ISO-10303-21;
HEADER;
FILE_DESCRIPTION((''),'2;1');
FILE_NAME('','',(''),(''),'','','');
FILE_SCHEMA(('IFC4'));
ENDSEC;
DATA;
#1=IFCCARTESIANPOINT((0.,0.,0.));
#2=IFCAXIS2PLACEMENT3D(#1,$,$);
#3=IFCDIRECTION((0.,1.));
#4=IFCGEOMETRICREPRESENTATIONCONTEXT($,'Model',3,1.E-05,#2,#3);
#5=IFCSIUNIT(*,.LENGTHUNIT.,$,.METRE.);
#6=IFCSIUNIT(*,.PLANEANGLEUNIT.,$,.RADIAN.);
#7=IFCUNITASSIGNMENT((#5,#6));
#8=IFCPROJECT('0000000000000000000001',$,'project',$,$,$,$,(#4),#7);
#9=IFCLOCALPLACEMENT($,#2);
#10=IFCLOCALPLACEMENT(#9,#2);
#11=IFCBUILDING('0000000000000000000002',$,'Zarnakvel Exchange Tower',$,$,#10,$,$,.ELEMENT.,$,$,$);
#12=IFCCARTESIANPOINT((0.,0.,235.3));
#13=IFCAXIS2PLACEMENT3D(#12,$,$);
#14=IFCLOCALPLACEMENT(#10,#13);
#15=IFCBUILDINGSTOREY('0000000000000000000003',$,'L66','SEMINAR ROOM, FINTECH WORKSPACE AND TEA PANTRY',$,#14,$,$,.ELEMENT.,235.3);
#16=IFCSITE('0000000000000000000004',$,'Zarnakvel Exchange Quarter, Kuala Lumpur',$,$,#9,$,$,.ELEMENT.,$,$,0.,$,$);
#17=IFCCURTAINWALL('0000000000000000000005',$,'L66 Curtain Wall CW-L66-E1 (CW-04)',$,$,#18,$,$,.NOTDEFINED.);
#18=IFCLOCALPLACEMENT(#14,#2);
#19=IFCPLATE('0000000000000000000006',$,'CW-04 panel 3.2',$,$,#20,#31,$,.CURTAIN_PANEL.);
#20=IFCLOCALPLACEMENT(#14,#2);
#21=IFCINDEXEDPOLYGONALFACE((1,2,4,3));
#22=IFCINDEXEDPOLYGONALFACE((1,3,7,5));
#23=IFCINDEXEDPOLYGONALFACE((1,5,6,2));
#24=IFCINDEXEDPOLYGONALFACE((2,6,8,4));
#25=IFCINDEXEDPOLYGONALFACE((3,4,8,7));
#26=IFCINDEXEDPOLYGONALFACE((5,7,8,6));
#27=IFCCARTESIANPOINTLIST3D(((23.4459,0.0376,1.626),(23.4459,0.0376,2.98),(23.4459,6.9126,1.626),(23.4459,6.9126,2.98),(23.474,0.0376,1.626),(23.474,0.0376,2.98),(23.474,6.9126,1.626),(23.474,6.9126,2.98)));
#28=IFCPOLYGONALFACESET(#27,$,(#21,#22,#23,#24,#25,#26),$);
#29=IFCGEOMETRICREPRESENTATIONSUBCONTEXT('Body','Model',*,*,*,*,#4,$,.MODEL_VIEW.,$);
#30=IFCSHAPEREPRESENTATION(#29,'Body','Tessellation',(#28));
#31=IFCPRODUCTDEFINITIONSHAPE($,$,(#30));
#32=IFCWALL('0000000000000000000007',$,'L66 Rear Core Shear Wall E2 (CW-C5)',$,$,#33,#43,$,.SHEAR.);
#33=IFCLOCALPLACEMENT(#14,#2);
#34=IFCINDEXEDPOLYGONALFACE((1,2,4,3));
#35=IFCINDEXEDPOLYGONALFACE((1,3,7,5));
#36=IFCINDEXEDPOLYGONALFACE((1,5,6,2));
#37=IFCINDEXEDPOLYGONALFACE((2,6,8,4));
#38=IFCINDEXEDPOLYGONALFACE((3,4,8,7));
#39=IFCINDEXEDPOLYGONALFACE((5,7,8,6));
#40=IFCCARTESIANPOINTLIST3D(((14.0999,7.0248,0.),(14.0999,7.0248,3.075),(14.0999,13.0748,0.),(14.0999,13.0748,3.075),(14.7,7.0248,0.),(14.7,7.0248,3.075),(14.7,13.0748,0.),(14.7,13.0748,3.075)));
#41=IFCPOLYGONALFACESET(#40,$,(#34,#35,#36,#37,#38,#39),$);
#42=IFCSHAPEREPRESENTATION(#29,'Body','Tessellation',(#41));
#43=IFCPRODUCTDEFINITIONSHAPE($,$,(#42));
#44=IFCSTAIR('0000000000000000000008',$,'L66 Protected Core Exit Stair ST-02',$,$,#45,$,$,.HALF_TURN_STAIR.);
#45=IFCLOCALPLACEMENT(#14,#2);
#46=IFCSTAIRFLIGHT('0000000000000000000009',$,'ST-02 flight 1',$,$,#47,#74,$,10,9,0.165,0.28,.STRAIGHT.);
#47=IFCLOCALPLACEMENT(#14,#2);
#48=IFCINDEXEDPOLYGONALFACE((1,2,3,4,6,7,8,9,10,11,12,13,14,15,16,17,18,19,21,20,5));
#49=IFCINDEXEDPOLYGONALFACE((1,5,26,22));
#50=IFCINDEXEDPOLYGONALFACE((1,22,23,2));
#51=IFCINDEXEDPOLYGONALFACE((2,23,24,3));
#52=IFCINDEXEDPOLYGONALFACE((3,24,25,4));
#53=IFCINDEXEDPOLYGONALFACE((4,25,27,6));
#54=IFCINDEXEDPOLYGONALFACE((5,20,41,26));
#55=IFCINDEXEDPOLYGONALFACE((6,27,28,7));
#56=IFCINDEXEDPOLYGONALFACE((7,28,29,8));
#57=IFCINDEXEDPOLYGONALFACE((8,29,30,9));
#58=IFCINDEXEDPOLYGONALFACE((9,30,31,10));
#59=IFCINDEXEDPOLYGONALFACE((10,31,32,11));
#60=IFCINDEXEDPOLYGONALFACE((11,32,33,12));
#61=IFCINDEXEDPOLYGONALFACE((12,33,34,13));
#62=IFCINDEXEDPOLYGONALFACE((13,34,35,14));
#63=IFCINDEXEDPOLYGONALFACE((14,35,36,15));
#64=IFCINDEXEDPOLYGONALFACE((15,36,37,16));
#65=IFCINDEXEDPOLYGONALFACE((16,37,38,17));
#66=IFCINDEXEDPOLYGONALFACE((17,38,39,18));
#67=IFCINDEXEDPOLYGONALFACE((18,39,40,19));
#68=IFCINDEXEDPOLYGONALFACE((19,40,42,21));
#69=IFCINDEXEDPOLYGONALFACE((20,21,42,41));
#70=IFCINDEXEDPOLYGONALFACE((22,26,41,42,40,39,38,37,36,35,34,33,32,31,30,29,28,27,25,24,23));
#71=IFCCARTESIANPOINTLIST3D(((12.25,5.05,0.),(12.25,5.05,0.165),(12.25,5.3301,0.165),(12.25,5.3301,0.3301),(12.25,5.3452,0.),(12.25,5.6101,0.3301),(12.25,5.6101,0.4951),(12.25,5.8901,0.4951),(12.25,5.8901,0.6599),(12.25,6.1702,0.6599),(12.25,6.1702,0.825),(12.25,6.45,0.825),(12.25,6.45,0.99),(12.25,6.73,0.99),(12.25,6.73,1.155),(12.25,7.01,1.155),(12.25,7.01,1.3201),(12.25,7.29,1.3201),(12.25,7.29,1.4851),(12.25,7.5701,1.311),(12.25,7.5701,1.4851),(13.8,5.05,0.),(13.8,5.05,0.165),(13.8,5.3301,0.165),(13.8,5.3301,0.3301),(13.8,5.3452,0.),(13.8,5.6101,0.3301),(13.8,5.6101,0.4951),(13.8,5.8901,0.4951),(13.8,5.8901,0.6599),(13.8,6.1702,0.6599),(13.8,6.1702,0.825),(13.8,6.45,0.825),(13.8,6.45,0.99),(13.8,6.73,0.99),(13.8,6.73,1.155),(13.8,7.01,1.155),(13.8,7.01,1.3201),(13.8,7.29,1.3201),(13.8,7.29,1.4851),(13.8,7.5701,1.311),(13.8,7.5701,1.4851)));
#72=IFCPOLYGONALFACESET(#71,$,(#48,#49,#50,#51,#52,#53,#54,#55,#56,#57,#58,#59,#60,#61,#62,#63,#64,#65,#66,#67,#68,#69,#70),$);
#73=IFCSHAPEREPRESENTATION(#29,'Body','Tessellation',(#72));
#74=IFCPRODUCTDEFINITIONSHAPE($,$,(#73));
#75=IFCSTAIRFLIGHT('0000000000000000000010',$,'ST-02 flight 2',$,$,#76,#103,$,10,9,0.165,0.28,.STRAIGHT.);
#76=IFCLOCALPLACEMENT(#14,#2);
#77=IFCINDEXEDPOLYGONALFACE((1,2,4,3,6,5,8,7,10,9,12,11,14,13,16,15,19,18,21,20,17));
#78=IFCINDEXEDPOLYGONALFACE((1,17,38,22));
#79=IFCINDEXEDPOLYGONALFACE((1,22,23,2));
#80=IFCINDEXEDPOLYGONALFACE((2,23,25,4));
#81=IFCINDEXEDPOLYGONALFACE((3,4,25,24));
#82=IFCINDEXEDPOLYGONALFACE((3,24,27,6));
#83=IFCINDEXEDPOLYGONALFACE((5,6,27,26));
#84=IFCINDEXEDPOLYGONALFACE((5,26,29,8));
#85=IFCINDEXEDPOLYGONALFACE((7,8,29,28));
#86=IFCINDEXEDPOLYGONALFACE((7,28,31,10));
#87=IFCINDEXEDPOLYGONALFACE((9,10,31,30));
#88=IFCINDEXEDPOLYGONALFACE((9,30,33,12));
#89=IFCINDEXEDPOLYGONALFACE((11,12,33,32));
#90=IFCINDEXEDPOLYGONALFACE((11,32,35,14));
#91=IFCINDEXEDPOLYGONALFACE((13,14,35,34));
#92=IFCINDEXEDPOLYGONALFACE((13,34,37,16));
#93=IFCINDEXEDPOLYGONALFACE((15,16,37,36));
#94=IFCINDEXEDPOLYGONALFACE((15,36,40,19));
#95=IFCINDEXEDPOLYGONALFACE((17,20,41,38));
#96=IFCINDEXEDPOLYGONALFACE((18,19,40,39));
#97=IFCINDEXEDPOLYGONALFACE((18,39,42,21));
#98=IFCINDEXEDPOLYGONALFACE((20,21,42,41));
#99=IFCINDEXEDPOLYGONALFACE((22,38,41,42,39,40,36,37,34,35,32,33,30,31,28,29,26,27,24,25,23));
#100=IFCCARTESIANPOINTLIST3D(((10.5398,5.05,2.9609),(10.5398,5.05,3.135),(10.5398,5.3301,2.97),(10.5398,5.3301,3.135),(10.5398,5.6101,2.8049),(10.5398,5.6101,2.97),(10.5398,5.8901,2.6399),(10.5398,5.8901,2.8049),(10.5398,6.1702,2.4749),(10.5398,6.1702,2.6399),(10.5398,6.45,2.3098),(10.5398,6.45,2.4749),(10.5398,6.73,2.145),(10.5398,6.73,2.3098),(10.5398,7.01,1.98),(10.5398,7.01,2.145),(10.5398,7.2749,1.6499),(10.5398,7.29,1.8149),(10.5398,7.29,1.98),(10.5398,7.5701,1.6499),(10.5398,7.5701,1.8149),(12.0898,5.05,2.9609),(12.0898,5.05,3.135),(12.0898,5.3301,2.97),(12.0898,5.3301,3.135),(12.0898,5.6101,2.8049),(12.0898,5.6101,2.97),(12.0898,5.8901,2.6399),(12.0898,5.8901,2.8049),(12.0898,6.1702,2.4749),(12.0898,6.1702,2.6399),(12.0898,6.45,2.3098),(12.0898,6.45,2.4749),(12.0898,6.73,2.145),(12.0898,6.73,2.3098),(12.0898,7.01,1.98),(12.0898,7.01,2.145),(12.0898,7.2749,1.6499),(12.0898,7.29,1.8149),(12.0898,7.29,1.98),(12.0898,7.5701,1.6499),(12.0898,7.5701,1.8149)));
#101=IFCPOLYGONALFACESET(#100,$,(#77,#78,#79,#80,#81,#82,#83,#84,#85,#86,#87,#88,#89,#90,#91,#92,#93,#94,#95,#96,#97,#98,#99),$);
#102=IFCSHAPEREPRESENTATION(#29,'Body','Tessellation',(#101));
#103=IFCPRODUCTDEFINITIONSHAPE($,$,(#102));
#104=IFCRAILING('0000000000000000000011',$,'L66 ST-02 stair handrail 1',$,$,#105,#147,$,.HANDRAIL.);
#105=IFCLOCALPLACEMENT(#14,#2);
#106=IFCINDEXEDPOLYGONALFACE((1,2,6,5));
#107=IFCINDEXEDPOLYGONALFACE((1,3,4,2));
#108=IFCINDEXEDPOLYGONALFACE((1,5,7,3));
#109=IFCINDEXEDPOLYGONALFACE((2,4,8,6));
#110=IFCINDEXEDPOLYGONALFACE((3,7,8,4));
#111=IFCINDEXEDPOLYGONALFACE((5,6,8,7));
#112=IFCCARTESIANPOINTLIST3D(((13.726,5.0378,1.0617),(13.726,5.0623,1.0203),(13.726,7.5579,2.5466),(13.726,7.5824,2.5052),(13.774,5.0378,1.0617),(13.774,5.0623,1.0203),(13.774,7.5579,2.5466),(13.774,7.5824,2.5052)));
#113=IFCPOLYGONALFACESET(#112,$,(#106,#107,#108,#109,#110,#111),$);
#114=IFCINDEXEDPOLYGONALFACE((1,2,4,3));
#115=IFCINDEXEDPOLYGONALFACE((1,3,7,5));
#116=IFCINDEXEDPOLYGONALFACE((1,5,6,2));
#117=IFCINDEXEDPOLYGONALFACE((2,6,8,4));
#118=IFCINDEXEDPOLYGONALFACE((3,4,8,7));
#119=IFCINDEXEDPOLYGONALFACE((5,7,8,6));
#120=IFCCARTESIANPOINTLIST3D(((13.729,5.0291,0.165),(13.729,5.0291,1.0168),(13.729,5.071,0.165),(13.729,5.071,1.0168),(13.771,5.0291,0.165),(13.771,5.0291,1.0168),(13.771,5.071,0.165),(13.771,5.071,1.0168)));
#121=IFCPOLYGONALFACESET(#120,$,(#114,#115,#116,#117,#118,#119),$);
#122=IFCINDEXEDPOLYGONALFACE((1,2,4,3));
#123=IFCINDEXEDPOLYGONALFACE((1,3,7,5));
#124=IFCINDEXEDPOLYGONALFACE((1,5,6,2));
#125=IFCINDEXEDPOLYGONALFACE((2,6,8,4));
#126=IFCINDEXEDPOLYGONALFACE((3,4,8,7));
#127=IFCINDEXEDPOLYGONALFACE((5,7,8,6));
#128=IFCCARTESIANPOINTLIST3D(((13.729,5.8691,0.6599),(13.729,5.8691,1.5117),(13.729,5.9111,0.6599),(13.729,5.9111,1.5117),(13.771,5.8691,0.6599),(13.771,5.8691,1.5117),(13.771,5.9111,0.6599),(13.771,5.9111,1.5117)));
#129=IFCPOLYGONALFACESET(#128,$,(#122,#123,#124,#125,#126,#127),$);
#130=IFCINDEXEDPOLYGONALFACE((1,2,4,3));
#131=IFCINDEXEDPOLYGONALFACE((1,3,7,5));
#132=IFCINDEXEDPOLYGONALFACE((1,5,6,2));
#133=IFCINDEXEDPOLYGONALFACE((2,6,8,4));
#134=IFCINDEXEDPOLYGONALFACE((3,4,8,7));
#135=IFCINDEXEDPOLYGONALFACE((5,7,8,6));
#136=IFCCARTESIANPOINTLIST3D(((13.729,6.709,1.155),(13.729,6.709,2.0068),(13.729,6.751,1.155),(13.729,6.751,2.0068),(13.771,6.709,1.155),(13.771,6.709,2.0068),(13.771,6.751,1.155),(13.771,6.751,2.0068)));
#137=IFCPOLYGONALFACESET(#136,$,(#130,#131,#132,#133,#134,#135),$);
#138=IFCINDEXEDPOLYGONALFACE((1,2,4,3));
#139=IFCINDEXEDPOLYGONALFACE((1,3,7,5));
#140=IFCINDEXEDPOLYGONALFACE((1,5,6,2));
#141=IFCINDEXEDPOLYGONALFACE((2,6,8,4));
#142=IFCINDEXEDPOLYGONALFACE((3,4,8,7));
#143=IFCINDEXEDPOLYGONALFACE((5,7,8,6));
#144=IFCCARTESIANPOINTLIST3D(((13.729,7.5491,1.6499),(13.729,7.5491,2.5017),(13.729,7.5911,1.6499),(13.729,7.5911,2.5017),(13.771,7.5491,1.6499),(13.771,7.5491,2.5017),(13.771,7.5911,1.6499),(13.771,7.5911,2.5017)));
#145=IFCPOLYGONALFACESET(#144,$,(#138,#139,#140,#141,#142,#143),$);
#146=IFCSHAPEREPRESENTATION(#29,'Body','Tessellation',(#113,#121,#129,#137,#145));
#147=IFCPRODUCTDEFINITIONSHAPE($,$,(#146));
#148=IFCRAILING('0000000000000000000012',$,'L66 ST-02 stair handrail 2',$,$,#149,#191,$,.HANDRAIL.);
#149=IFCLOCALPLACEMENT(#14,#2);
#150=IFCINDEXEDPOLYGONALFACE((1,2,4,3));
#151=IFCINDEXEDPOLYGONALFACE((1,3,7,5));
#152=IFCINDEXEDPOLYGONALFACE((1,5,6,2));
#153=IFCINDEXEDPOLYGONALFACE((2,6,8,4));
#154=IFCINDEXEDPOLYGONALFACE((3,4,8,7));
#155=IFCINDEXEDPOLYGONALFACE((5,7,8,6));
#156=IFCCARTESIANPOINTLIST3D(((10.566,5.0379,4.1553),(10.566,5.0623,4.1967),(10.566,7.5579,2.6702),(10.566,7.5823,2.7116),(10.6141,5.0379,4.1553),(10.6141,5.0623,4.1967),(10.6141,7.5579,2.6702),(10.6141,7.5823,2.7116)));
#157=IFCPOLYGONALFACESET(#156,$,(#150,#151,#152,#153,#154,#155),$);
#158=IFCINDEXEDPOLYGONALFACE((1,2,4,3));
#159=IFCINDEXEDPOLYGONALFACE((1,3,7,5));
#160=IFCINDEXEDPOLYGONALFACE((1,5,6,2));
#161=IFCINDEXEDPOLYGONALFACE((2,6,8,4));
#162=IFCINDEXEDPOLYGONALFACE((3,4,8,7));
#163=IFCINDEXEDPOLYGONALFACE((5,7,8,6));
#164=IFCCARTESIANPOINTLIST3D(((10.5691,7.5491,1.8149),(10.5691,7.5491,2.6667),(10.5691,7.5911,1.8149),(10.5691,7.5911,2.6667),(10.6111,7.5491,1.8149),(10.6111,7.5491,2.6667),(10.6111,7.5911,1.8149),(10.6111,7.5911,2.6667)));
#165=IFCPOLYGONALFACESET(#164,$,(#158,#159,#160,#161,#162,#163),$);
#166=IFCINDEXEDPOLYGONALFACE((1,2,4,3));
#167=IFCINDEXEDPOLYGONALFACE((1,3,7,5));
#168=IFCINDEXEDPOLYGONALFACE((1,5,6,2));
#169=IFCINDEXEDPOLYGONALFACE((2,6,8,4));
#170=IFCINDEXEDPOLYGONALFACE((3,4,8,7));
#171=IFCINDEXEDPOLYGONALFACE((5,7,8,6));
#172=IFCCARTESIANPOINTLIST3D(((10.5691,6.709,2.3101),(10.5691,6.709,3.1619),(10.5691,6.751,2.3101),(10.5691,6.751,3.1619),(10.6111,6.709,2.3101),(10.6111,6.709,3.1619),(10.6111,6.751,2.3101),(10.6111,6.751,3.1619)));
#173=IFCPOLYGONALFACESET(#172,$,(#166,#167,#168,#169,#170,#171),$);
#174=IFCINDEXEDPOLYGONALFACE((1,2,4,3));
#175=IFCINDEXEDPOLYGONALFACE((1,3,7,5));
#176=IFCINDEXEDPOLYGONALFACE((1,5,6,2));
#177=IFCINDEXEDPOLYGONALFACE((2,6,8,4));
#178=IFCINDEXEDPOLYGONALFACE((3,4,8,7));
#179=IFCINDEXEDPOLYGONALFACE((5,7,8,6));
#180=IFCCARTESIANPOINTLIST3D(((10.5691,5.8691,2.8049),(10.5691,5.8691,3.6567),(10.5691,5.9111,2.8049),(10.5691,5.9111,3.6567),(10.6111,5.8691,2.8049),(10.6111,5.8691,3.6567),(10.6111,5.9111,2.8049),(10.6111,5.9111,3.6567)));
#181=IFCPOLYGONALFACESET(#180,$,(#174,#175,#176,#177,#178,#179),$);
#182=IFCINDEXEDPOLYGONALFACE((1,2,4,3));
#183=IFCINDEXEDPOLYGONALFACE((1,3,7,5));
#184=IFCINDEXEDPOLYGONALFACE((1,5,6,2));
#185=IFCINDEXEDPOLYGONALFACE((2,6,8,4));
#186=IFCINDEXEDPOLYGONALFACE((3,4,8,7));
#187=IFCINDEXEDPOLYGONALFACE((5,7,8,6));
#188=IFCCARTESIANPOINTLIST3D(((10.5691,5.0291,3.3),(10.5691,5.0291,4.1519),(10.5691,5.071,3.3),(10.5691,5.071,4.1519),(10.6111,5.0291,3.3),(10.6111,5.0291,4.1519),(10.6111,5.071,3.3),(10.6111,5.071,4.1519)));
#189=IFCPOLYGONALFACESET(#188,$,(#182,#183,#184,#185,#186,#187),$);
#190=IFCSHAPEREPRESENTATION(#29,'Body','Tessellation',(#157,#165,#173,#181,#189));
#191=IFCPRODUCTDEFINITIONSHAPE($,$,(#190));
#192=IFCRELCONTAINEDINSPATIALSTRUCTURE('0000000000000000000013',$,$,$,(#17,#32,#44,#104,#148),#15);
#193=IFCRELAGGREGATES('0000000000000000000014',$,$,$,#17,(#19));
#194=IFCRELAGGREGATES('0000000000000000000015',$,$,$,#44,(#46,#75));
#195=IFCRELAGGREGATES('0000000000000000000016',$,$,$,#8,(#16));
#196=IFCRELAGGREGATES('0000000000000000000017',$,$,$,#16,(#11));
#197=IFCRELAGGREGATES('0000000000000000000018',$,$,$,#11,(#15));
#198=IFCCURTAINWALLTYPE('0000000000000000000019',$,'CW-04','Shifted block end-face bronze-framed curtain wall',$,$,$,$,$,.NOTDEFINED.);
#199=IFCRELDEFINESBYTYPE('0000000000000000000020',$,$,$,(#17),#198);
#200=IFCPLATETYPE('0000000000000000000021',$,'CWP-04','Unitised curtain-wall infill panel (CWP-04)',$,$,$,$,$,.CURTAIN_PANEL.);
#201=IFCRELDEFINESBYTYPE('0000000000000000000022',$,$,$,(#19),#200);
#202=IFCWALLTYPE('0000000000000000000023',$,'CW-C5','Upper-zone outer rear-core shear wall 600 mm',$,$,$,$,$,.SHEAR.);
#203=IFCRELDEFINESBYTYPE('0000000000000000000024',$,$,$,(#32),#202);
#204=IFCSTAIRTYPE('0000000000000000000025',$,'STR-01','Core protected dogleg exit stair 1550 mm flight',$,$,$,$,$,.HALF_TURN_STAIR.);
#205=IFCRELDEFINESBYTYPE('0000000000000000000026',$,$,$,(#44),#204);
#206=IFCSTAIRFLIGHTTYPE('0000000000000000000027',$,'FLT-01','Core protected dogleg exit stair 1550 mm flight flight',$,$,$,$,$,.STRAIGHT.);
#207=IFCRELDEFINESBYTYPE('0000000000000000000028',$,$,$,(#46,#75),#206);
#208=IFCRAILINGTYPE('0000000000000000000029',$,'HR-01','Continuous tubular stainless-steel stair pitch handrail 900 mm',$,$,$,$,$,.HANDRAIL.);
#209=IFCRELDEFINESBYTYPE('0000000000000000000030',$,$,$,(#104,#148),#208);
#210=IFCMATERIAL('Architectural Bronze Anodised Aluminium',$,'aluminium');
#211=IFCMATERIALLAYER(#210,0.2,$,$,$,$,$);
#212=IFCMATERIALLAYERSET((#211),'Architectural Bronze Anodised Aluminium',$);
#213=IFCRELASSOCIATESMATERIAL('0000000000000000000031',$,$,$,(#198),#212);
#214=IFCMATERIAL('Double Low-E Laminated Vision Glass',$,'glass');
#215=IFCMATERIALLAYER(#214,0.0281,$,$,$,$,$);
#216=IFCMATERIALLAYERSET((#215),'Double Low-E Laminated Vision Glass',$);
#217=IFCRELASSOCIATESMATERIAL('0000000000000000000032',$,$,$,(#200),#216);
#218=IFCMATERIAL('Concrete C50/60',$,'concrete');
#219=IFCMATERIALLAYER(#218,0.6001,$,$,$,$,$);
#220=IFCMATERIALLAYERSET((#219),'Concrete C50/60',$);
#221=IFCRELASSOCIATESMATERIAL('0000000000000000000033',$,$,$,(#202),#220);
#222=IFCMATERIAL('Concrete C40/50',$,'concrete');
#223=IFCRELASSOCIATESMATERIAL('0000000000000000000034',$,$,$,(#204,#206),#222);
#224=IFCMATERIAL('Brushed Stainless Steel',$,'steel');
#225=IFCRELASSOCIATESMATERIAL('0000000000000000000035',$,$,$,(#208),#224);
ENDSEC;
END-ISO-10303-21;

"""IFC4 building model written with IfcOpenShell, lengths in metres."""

from ifc_helpers import new_model, si_unit, direction, frame, frame_2d, origin, origin_2d, place, context, subcontext, project, spatial, polyline, rectangle, outline, extrude, source, transform, mapped, material, layer, layer_set, type_object, element, aggregate, save


model = new_model("IFC4")

# Units and contexts
model_context = context("Model", 3, precision=1e-05, world=origin(), true_north=direction((0.0, 1.0)))
body_context = subcontext(model_context, "Body", "Model", "MODEL_VIEW")
ifc_project = project(units=[si_unit("LENGTHUNIT", "METRE"), si_unit("PLANEANGLEUNIT", "RADIAN")], contexts=[model_context])

# Site, building, storey
site_placement = place(None, origin())
site = spatial("IfcSite", under=ifc_project, at=site_placement, Name="Zarnakvel Exchange Quarter, Kuala Lumpur", CompositionType="ELEMENT", RefElevation=0.0)
building_placement = place(site_placement, origin())
building = spatial("IfcBuilding", under=site, at=building_placement, Name="Zarnakvel Exchange Tower", CompositionType="ELEMENT")
storey_placement = place(building_placement, frame((0.0, 0.0, 235.3)))
storey = spatial("IfcBuildingStorey", under=building, at=storey_placement, Name="L66", Description="SEMINAR ROOM, FINTECH WORKSPACE AND TEA PANTRY", CompositionType="ELEMENT", Elevation=235.3)

# Shared definitions
ifc_material_1 = material(Name="Concrete C50/60", Category="concrete")

# Curtain wall, plate
ifc_material_2 = material(Name="Architectural Bronze Anodised Aluminium", Category="aluminium")
ifc_layer_1 = layer(ifc_material_2, 0.2)
ifc_layer_set_1 = layer_set([ifc_layer_1], Name="Architectural Bronze Anodised Aluminium")
curtain_wall_type = type_object("IfcCurtainWallType", Name="CW-04", Description="Shifted block end-face bronze-framed curtain wall", PredefinedType="NOTDEFINED", material=ifc_layer_set_1)
curtain_wall_placement = place(storey_placement, origin())
curtain_wall = element("IfcCurtainWall", 1, at=curtain_wall_placement, inside=storey, type_object=curtain_wall_type, Name="L66 Curtain Wall CW-L66-E1 (CW-04)", PredefinedType="NOTDEFINED")
ifc_material_3 = material(Name="Double Low-E Laminated Vision Glass", Category="glass")
ifc_layer_2 = layer(ifc_material_3, 0.0281)
ifc_layer_set_2 = layer_set([ifc_layer_2], Name="Double Low-E Laminated Vision Glass")
plate_type = type_object("IfcPlateType", Name="CWP-04", Description="Unitised curtain-wall infill panel (CWP-04)", PredefinedType="CURTAIN_PANEL", material=ifc_layer_set_2)
shared_shape_1 = source(origin(), body_context, "Body", "SweptSolid", [
    extrude(rectangle(XDim=6.875, YDim=0.0281, at=origin_2d()), origin(), (0.0, 0.0, 1.0), 1.354),
])
plate_1_placement = place(storey_placement, frame((23.46, 3.4751, 1.626), z_axis=(0.0, 0.0, 1.0), x_axis=(0.0, 1.0, 0.0)))
plate_1 = element("IfcPlate", 2, at=plate_1_placement, type_object=plate_type, Name="CW-04 panel 3.2", PredefinedType="CURTAIN_PANEL", context=body_context, shape_type="MappedRepresentation", body=[
    mapped(shared_shape_1, transform((0.0, 0.0, 0.0), x_axis=(1.0, 0.0, 0.0), y_axis=(0.0, 1.0, 0.0), z_axis=(0.0, 0.0, 1.0), scale=1.0)),
])
aggregate(curtain_wall, [plate_1])

# Wall
ifc_layer_3 = layer(ifc_material_1, 0.6001)
ifc_layer_set_3 = layer_set([ifc_layer_3], Name="Concrete C50/60")
wall_type_1 = type_object("IfcWallType", Name="CW-C5", Description="Upper-zone outer rear-core shear wall 600 mm", PredefinedType="SHEAR", material=ifc_layer_set_3)
wall_1_placement = place(storey_placement, frame((14.3999, 7.0249, 0.0), z_axis=(0.0, 0.0, 1.0), x_axis=(0.0, 1.0, 0.0)))
element("IfcWall", 3, at=wall_1_placement, inside=storey, type_object=wall_type_1, Name="L66 Rear Core Shear Wall E2 (CW-C5)", PredefinedType="SHEAR", context=body_context, shape_type="SweptSolid", body=[
    extrude(rectangle(XDim=6.05, YDim=0.6001, at=frame_2d((3.0249, 0.0))), origin(), (0.0, 0.0, 1.0), 3.075),
])

# Shared definitions
ifc_material_4 = material(Name="Concrete C40/50", Category="concrete")

# Stair, stair flights
stair_type = type_object("IfcStairType", Name="STR-01", Description="Core protected dogleg exit stair 1550 mm flight", PredefinedType="HALF_TURN_STAIR", material=ifc_material_4)
stair_placement = place(storey_placement, origin())
stair = element("IfcStair", 4, at=stair_placement, inside=storey, type_object=stair_type, Name="L66 Protected Core Exit Stair ST-02", PredefinedType="HALF_TURN_STAIR")
stair_flight_type = type_object("IfcStairFlightType", Name="FLT-01", Description="Core protected dogleg exit stair 1550 mm flight flight", PredefinedType="STRAIGHT", material=ifc_material_4)
stair_flight_1_placement = place(storey_placement, frame((13.0249, 5.05, 0.0), z_axis=(0.0, 0.0, 1.0), x_axis=(0.0, 1.0, 0.0)))
stair_flight_1 = element("IfcStairFlight", 5, at=stair_flight_1_placement, type_object=stair_flight_type, Name="ST-02 flight 1", NumberOfRisers=10, NumberOfTreads=9, PredefinedType="STRAIGHT", RiserHeight=0.165, TreadLength=0.28, context=body_context, shape_type="SweptSolid", body=[
    extrude(outline(polyline([(0.0, 0.0), (0.0, 0.165), (0.28, 0.165), (0.28, 0.3301), (0.5601, 0.3301), (0.5601, 0.4951), (0.8401, 0.4951), (0.8401, 0.6599), (1.1201, 0.6599), (1.1201, 0.825), (1.3999, 0.825), (1.3999, 0.99), (1.6799, 0.99), (1.6799, 1.155), (1.96, 1.155), (1.96, 1.3201), (2.24, 1.3201), (2.24, 1.4851), (2.52, 1.4851), (2.52, 1.6499), (2.52, 1.311), (0.2952, 0.0), (0.0, 0.0)])), frame((0.0, 0.7749, 0.0), z_axis=(0.0, -1.0, 0.0), x_axis=(1.0, 0.0, 0.0)), (0.0, 0.0, 1.0), 1.55),
])
stair_flight_2_placement = place(storey_placement, frame((11.3149, 7.5701, 1.6499), z_axis=(0.0, 0.0, 1.0), x_axis=(0.0, -1.0, 0.0)))
stair_flight_2 = element("IfcStairFlight", 6, at=stair_flight_2_placement, type_object=stair_flight_type, Name="ST-02 flight 2", NumberOfRisers=10, NumberOfTreads=9, PredefinedType="STRAIGHT", RiserHeight=0.165, TreadLength=0.28, context=body_context, shape_type="SweptSolid", body=[
    extrude(outline(polyline([(0.0, 0.0), (0.0, 0.165), (0.28, 0.165), (0.28, 0.3301), (0.5601, 0.3301), (0.5601, 0.4951), (0.8401, 0.4951), (0.8401, 0.6599), (1.1201, 0.6599), (1.1201, 0.825), (1.3999, 0.825), (1.3999, 0.99), (1.6799, 0.99), (1.6799, 1.155), (1.96, 1.155), (1.96, 1.3201), (2.24, 1.3201), (2.24, 1.4851), (2.52, 1.4851), (2.52, 1.6499), (2.52, 1.311), (0.2952, 0.0), (0.0, 0.0)])), frame((0.0, 0.7749, 0.0), z_axis=(0.0, -1.0, 0.0), x_axis=(1.0, 0.0, 0.0)), (0.0, 0.0, 1.0), 1.55),
])
aggregate(stair, [stair_flight_1, stair_flight_2])

# Railings
ifc_material_5 = material(Name="Brushed Stainless Steel", Category="steel")
railing_type_1 = type_object("IfcRailingType", Name="HR-01", Description="Continuous tubular stainless-steel stair pitch handrail 900 mm", PredefinedType="HANDRAIL", material=ifc_material_5)
railing_1_placement = place(storey_placement, frame((13.75, 5.05, 0.165)))
element("IfcRailing", 7, at=railing_1_placement, inside=storey, type_object=railing_type_1, Name="L66 ST-02 stair handrail 1", PredefinedType="HANDRAIL", context=body_context, shape_type="SweptSolid", body=[
    extrude(rectangle(XDim=0.0481, YDim=0.0481, at=origin_2d()), frame((0.0, 0.0, 0.876), z_axis=(0.0, 0.861561, 0.507655), x_axis=(-1.0, 0.0, 0.0)), (0.0, 0.0, 1.0), 2.925),
    extrude(rectangle(XDim=0.042, YDim=0.042, at=origin_2d()), origin(), (0.0, 0.0, 1.0), 0.8518),
    extrude(rectangle(XDim=0.042, YDim=0.042, at=origin_2d()), frame((0.0, 0.8401, 0.4949)), (0.0, 0.0, 1.0), 0.8518),
    extrude(rectangle(XDim=0.042, YDim=0.042, at=origin_2d()), frame((0.0, 1.6799, 0.99)), (0.0, 0.0, 1.0), 0.8518),
    extrude(rectangle(XDim=0.042, YDim=0.042, at=origin_2d()), frame((0.0, 2.52, 1.4849)), (0.0, 0.0, 1.0), 0.8518),
])
railing_2_placement = place(storey_placement, frame((10.5901, 7.5701, 1.8149)))
element("IfcRailing", 8, at=railing_2_placement, inside=storey, type_object=railing_type_1, Name="L66 ST-02 stair handrail 2", PredefinedType="HANDRAIL", context=body_context, shape_type="SweptSolid", body=[
    extrude(rectangle(XDim=0.0481, YDim=0.0481, at=origin_2d()), frame((0.0, 0.0, 0.876), z_axis=(0.0, -0.861524, 0.507717), x_axis=(1.0, 0.0, 0.0)), (0.0, 0.0, 1.0), 2.925),
    extrude(rectangle(XDim=0.042, YDim=0.042, at=origin_2d()), origin(), (0.0, 0.0, 1.0), 0.8518),
    extrude(rectangle(XDim=0.042, YDim=0.042, at=origin_2d()), frame((0.0, -0.8401, 0.4951)), (0.0, 0.0, 1.0), 0.8518),
    extrude(rectangle(XDim=0.042, YDim=0.042, at=origin_2d()), frame((0.0, -1.6799, 0.99)), (0.0, 0.0, 1.0), 0.8518),
    extrude(rectangle(XDim=0.042, YDim=0.042, at=origin_2d()), frame((0.0, -2.52, 1.4851)), (0.0, 0.0, 1.0), 0.8518),
])

save(model, "model.ifc")
